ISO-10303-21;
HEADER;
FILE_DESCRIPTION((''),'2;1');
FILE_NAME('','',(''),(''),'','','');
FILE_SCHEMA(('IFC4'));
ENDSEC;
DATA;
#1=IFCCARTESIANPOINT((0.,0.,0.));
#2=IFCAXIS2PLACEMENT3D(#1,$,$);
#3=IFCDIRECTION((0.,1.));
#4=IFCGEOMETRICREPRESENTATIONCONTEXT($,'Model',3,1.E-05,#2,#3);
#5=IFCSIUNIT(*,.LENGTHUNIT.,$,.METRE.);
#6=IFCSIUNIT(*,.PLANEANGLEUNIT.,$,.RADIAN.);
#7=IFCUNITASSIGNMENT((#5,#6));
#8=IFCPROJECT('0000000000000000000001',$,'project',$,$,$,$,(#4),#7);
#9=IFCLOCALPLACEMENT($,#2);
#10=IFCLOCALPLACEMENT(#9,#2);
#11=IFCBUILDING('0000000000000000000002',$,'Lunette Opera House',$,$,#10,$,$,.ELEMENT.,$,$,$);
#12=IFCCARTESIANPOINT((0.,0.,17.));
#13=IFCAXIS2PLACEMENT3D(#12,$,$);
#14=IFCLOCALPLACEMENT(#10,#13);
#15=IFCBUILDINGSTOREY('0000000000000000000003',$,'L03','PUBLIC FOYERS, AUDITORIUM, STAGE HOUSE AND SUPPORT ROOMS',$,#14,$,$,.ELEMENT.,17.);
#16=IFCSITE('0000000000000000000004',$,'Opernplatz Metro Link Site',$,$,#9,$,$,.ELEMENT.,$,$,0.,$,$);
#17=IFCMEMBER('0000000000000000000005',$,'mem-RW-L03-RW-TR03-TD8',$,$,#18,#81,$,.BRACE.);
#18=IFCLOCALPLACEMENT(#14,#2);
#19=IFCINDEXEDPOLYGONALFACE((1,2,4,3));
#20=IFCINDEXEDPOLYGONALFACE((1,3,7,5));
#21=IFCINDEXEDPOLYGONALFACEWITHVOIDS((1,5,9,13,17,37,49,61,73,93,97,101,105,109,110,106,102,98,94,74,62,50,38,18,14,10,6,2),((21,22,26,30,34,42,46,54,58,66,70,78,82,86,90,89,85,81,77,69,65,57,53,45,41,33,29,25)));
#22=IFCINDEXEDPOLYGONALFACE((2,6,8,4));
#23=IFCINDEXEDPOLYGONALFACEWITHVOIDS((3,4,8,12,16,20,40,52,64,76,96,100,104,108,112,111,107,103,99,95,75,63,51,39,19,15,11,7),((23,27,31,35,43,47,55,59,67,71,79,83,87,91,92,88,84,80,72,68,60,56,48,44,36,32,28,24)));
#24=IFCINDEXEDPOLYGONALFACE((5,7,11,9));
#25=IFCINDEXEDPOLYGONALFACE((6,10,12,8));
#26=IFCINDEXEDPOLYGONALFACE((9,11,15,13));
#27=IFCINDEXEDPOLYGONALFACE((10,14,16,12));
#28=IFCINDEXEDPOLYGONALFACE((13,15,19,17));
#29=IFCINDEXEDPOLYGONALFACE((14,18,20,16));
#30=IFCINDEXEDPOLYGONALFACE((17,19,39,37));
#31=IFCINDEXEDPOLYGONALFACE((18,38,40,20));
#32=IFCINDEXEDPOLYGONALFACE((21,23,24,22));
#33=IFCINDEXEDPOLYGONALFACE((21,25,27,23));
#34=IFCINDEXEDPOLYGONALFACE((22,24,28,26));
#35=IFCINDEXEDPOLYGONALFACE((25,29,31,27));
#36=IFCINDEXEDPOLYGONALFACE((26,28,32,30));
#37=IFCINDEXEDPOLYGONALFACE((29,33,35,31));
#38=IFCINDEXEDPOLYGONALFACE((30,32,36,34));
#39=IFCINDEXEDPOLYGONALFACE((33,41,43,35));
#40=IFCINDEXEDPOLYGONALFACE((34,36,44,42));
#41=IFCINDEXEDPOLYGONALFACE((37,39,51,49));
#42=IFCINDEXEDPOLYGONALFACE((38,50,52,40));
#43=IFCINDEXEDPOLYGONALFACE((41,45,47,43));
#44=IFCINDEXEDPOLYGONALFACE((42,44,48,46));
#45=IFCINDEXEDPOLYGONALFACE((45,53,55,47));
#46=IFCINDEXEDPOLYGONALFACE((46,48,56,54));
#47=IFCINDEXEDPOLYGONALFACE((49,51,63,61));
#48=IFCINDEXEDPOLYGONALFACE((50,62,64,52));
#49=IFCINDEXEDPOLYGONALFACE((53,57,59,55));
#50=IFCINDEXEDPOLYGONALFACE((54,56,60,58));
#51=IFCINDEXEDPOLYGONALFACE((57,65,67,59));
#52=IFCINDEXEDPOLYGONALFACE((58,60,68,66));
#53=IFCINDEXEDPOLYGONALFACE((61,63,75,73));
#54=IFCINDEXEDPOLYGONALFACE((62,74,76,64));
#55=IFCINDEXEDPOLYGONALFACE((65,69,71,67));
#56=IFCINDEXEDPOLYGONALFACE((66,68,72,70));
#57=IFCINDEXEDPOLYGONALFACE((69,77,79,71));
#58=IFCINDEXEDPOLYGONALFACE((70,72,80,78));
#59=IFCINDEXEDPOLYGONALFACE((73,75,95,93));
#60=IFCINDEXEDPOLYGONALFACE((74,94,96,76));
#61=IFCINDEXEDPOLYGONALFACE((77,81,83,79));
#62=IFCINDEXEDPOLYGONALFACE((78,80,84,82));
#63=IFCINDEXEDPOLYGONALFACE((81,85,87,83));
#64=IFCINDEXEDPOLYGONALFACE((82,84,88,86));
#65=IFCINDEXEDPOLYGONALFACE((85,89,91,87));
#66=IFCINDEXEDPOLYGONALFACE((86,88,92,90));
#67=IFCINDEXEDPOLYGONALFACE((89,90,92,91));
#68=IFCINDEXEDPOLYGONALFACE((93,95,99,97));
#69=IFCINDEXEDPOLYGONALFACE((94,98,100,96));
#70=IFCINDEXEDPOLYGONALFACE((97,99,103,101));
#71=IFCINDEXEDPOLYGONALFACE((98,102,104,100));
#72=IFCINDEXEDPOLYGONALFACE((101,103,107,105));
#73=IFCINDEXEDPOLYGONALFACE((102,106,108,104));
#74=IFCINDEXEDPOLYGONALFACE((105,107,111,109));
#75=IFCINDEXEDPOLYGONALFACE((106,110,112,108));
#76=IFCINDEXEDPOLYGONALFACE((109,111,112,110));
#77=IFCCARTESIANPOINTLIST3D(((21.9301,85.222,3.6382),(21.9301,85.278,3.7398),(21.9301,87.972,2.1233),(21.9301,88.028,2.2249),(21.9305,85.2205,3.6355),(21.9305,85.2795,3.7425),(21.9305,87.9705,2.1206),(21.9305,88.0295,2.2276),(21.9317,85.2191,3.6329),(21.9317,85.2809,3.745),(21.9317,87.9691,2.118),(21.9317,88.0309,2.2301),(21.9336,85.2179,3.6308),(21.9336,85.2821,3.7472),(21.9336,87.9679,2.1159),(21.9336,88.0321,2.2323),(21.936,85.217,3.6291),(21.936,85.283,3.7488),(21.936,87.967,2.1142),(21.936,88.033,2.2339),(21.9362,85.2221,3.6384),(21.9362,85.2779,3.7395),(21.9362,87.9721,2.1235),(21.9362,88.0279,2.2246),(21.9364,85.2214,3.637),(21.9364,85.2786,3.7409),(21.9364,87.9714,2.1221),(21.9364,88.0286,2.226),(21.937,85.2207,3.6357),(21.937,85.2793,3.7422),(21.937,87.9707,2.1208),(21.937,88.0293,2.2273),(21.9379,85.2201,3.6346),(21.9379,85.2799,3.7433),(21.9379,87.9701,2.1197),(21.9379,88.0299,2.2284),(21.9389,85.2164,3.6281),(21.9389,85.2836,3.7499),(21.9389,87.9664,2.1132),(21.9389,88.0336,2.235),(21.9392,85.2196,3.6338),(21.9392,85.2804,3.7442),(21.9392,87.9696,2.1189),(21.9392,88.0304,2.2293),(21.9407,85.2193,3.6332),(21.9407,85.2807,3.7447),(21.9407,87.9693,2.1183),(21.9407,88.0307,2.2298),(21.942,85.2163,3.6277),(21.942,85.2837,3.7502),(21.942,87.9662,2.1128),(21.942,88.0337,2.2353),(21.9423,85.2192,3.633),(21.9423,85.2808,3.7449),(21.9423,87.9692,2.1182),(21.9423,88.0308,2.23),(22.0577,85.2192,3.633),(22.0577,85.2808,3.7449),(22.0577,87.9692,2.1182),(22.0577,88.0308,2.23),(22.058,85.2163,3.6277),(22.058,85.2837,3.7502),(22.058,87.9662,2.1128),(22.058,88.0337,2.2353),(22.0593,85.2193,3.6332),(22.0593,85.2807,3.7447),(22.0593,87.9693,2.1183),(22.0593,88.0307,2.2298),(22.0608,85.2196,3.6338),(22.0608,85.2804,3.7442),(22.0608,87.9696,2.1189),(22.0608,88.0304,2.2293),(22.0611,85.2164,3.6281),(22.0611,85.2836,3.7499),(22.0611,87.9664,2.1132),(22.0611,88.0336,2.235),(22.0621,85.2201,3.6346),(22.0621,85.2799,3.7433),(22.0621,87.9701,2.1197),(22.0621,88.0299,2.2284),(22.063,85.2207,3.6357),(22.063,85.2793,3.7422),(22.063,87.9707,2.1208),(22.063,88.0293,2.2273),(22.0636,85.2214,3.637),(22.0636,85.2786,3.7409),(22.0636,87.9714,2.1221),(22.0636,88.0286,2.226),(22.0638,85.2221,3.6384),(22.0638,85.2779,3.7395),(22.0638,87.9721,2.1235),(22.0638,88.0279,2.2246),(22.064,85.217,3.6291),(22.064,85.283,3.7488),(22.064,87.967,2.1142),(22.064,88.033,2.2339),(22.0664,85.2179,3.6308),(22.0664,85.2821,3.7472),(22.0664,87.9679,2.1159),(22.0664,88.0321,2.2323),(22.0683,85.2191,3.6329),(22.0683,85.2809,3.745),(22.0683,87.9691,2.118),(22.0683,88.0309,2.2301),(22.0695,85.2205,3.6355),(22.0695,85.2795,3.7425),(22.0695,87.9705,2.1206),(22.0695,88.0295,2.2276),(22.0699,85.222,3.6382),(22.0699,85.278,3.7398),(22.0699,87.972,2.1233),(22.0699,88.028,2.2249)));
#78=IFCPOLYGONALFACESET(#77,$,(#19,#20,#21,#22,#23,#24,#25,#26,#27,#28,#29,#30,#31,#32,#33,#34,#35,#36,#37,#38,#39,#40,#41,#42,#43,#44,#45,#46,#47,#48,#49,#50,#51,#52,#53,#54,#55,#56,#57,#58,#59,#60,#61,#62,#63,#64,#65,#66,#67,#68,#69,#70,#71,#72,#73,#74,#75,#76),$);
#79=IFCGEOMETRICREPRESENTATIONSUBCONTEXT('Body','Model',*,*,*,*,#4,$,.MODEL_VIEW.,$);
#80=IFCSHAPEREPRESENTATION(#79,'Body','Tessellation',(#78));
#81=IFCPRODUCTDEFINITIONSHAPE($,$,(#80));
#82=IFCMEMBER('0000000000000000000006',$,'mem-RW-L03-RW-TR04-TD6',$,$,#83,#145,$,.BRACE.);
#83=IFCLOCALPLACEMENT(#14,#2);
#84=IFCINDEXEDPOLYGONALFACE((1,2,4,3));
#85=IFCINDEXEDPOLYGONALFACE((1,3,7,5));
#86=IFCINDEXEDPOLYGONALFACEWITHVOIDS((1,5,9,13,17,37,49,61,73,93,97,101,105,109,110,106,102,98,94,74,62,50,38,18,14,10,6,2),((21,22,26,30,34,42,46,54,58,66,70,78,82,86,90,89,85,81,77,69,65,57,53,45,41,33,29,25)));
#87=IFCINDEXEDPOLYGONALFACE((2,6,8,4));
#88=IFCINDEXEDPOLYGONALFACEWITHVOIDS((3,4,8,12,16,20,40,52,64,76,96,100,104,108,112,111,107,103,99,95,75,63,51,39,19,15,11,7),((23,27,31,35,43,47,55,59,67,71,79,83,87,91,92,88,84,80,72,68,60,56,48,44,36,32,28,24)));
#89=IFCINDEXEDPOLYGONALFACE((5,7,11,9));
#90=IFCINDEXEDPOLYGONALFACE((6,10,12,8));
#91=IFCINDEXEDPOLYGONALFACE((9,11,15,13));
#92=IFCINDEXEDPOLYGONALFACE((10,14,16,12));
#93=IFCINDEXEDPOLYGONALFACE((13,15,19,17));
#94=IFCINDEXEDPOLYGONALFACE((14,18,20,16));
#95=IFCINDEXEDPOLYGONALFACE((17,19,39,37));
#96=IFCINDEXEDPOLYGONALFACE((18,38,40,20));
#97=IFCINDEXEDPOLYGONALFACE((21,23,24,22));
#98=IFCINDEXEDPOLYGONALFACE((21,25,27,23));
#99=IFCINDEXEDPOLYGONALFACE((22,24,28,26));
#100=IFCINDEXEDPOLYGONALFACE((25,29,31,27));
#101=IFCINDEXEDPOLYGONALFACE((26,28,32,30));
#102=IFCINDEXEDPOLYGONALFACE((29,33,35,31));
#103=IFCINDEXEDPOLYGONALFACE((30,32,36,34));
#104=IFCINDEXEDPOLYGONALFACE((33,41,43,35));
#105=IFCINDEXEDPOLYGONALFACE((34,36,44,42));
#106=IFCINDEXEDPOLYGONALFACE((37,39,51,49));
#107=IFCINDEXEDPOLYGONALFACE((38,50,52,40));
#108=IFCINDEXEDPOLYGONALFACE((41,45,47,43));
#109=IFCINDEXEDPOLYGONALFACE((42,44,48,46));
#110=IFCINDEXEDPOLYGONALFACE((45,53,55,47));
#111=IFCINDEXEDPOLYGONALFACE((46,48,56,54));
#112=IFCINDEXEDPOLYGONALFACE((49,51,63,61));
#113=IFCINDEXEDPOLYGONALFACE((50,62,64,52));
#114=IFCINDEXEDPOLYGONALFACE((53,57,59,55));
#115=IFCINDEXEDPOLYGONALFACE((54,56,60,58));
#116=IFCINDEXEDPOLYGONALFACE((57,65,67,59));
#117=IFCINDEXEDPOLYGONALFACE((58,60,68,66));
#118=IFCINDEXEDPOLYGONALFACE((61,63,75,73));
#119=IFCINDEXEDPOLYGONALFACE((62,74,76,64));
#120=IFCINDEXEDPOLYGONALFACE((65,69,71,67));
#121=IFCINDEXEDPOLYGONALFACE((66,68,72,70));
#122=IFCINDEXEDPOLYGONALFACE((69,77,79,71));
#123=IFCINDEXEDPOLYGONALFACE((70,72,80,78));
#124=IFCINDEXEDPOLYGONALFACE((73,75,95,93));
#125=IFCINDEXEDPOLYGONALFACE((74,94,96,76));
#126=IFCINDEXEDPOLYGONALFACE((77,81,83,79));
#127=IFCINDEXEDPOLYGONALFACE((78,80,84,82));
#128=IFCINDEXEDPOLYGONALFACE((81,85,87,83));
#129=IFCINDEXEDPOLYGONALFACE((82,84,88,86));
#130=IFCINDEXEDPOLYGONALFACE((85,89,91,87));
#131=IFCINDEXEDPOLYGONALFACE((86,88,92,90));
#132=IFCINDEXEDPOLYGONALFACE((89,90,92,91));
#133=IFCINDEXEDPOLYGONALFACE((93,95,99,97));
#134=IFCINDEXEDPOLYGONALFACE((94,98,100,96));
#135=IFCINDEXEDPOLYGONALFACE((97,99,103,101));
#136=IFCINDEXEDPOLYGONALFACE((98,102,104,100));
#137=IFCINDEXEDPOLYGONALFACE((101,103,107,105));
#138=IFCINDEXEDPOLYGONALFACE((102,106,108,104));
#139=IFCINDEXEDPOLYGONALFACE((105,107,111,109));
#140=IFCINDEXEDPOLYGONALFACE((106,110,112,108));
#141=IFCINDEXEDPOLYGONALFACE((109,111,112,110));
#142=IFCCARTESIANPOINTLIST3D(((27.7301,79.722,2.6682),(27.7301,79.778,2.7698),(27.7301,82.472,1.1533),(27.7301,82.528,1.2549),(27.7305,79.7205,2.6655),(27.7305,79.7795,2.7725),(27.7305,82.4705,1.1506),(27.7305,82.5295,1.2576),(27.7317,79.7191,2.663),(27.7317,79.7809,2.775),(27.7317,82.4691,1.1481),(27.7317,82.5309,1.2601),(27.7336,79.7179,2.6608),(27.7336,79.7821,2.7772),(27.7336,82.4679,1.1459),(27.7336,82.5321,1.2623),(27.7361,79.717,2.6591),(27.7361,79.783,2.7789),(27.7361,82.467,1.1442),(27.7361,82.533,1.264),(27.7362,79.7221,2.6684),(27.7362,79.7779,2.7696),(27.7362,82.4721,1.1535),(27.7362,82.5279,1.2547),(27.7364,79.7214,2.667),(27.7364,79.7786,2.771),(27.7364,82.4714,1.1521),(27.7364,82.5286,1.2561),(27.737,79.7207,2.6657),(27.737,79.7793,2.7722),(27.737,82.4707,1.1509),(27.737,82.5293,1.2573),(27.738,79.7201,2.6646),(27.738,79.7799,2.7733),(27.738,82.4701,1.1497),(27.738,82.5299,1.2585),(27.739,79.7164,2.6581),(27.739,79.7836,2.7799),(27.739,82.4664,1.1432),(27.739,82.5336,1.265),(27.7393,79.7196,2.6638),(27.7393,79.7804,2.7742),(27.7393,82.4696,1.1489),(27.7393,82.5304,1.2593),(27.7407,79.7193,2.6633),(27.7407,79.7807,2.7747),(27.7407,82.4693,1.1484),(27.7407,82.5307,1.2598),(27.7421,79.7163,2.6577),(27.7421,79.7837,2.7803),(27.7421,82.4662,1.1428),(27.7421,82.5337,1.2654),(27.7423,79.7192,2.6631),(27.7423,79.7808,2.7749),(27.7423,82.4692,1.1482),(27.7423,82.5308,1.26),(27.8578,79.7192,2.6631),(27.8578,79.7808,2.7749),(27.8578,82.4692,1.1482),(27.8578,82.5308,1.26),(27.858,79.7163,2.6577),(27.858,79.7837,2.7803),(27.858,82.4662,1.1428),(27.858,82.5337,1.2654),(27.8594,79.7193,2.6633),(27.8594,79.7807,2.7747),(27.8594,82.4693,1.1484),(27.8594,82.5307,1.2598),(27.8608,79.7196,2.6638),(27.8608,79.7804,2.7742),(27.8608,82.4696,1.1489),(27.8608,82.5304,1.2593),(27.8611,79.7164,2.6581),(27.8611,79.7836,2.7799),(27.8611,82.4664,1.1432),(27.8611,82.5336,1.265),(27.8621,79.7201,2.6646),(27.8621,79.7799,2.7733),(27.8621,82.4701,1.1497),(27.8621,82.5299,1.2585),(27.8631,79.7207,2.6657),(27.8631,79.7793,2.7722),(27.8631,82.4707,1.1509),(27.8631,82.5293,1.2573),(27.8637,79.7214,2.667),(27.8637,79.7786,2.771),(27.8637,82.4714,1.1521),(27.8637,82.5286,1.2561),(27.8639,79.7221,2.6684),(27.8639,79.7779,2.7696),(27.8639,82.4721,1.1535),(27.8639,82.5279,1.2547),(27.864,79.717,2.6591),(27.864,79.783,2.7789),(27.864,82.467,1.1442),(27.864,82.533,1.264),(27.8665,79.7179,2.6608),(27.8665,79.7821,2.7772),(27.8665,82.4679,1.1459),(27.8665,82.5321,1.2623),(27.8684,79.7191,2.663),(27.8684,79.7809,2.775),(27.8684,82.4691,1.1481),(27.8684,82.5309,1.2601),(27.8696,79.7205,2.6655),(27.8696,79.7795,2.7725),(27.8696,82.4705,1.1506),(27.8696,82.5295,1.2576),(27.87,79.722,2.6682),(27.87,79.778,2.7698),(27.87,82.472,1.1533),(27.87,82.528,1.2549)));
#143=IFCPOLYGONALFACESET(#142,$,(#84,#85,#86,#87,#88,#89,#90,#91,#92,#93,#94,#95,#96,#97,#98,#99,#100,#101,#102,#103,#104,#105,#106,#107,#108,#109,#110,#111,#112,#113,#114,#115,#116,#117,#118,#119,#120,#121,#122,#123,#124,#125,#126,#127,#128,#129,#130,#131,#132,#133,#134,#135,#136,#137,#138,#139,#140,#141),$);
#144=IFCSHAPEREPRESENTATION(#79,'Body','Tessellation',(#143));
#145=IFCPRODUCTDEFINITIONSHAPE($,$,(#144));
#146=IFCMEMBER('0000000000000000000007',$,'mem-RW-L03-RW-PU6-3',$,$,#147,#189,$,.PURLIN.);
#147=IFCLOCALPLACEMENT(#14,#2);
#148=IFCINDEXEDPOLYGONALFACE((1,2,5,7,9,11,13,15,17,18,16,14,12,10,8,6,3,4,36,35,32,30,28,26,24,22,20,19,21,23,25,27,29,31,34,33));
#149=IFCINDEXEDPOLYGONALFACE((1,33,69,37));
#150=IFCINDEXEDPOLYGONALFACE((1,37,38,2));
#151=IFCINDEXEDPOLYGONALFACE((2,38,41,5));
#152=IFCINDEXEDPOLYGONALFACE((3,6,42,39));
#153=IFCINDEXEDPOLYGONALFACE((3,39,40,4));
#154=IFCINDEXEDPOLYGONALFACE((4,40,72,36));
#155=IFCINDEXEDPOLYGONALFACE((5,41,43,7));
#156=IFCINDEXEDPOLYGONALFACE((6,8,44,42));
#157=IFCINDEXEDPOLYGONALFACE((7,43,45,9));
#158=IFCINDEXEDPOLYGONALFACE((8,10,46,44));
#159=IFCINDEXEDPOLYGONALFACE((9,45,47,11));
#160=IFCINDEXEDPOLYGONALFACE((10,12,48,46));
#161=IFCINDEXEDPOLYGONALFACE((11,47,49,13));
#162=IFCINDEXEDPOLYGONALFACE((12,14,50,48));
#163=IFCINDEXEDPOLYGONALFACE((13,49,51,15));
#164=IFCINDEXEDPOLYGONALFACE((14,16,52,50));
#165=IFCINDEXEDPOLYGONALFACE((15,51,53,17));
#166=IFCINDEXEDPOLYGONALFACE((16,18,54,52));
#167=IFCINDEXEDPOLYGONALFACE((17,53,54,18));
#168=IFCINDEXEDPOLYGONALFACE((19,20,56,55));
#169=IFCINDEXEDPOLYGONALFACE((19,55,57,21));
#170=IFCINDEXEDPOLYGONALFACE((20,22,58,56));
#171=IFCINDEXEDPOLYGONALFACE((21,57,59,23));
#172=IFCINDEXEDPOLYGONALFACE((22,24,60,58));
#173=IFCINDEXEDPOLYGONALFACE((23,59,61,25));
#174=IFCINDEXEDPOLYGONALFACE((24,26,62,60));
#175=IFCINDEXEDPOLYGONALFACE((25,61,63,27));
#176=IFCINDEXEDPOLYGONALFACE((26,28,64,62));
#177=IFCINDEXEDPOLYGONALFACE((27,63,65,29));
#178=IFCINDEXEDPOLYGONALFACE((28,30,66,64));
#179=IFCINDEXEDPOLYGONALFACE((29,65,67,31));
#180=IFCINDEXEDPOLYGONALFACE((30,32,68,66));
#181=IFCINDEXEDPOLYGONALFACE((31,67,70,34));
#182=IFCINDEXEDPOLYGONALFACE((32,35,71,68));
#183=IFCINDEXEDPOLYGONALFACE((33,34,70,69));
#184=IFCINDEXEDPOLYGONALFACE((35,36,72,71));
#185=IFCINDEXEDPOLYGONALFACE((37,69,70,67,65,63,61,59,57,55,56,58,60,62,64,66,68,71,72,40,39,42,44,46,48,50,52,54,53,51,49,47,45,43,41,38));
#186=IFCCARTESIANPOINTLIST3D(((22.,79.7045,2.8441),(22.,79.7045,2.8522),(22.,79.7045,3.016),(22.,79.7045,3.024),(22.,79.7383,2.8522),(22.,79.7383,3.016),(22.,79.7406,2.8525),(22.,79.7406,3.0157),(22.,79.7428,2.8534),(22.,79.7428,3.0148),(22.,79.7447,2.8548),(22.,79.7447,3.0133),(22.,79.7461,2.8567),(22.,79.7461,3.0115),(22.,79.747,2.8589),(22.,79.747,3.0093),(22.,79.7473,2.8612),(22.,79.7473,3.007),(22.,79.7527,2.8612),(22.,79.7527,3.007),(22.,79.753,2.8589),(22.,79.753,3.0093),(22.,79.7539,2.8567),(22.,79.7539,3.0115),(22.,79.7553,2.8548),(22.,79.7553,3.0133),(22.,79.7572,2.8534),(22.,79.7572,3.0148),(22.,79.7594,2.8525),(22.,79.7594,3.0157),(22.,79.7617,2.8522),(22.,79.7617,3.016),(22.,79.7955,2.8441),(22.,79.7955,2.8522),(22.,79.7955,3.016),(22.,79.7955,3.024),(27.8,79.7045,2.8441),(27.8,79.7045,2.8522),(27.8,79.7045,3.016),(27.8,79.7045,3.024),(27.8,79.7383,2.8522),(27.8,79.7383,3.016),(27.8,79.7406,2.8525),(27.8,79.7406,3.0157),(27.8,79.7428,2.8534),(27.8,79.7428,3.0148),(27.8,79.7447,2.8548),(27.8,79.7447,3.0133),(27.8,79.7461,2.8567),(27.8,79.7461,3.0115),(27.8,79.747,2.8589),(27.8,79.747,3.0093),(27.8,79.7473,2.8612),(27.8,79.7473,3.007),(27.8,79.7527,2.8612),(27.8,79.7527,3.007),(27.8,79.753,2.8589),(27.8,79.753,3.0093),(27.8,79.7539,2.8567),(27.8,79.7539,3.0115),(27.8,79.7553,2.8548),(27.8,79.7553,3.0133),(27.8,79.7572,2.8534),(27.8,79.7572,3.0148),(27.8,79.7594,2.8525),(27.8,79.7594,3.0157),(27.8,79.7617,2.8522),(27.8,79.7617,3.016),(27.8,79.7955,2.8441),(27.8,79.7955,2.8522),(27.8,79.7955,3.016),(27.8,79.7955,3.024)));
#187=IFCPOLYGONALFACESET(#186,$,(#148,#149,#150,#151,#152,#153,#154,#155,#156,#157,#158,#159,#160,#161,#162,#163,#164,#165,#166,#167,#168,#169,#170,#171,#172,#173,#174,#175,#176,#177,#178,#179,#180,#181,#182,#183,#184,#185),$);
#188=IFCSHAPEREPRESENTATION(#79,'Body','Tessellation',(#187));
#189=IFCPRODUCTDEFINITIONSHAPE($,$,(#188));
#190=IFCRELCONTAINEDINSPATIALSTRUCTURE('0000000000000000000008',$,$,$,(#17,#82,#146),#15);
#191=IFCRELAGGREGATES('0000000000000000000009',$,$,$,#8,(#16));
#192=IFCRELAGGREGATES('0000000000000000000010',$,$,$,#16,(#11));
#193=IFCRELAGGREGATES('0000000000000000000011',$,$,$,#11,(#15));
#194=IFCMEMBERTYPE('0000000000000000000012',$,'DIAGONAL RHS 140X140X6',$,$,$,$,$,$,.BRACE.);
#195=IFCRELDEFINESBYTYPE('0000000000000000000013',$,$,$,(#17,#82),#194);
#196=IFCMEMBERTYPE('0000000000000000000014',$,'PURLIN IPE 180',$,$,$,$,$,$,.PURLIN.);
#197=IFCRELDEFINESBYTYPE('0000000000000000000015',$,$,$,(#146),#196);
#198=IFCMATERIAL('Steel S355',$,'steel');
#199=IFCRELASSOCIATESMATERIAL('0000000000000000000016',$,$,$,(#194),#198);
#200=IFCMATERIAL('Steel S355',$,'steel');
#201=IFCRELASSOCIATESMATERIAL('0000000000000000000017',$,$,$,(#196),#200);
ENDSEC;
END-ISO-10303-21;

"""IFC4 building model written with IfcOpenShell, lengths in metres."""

from ifc_helpers import new_model, si_unit, direction, frame, origin, origin_2d, place, context, subcontext, project, spatial, hollow_rectangle, i_section, extrude, material, material_profile, profile_set, type_object, element, save


model = new_model("IFC4")

# Units and contexts
model_context = context("Model", 3, precision=1e-05, world=origin(), true_north=direction((0.0, 1.0)))
body_context = subcontext(model_context, "Body", "Model", "MODEL_VIEW")
ifc_project = project(units=[si_unit("LENGTHUNIT", "METRE"), si_unit("PLANEANGLEUNIT", "RADIAN")], contexts=[model_context])

# Site, building, storey
site_placement = place(None, origin())
site = spatial("IfcSite", under=ifc_project, at=site_placement, Name="Opernplatz Metro Link Site", CompositionType="ELEMENT", RefElevation=0.0)
building_placement = place(site_placement, origin())
building = spatial("IfcBuilding", under=site, at=building_placement, Name="Lunette Opera House", CompositionType="ELEMENT")
storey_placement = place(building_placement, frame((0.0, 0.0, 17.0)))
storey = spatial("IfcBuildingStorey", under=building, at=storey_placement, Name="L03", Description="PUBLIC FOYERS, AUDITORIUM, STAGE HOUSE AND SUPPORT ROOMS", CompositionType="ELEMENT", Elevation=17.0)

# Members
ifc_material_1 = material(Name="Steel S355", Category="steel")
ifc_material_profile_1 = material_profile(ifc_material_1, hollow_rectangle(XDim=0.1399, YDim=0.1399, WallThickness=0.0061, InnerFilletRadius=0.0061, OuterFilletRadius=0.012, at=origin_2d()), Name="RHS 140X140X6")
ifc_profile_set_1 = profile_set([ifc_material_profile_1], Name="Steel S355")
member_type_1 = type_object("IfcMemberType", Name="DIAGONAL RHS 140X140X6", PredefinedType="BRACE", material=ifc_profile_set_1)
for number, where, z_axis, x_axis, name in (
    (1, (22.0, 85.25, 3.689), (0.0, 0.875894, -0.482504), (-1.0, 0.0, 0.0), "mem-RW-L03-RW-TR03-TD8"),
    (2, (27.8, 79.75, 2.719), (0.0, 0.875894, -0.482504), (-1.0, 0.0, 0.0), "mem-RW-L03-RW-TR04-TD6"),
):
    element("IfcMember", number, at=place(storey_placement, frame(where, z_axis=z_axis, x_axis=x_axis)), inside=storey, type_object=member_type_1, Name=name, PredefinedType="BRACE", context=body_context, shape_type="SweptSolid", body=[
        extrude(hollow_rectangle(XDim=0.1399, YDim=0.1399, WallThickness=0.0061, InnerFilletRadius=0.0061, OuterFilletRadius=0.012, at=origin_2d()), origin(), (0.0, 0.0, 1.0), 3.1396),
    ])
ifc_material_2 = material(Name="Steel S355", Category="steel")
ifc_material_profile_2 = material_profile(ifc_material_2, i_section(OverallWidth=0.0911, OverallDepth=0.1799, WebThickness=0.0054, FlangeThickness=0.0081, FilletRadius=0.009, at=origin_2d()), Name="IPE 180")
ifc_profile_set_2 = profile_set([ifc_material_profile_2], Name="Steel S355")
member_type_2 = type_object("IfcMemberType", Name="PURLIN IPE 180", PredefinedType="PURLIN", material=ifc_profile_set_2)
for number, where, z_axis, x_axis, name in (
    (3, (22.0, 79.75, 2.9341), (1.0, 0.0, 0.0), (0.0, 1.0, 0.0), "mem-RW-L03-RW-PU6-3"),
):
    element("IfcMember", number, at=place(storey_placement, frame(where, z_axis=z_axis, x_axis=x_axis)), inside=storey, type_object=member_type_2, Name=name, PredefinedType="PURLIN", context=body_context, shape_type="SweptSolid", body=[
        extrude(i_section(OverallWidth=0.0911, OverallDepth=0.1799, WebThickness=0.0054, FlangeThickness=0.0081, FilletRadius=0.009, at=origin_2d()), origin(), (0.0, 0.0, 1.0), 5.8),
    ])

save(model, "model.ifc")
